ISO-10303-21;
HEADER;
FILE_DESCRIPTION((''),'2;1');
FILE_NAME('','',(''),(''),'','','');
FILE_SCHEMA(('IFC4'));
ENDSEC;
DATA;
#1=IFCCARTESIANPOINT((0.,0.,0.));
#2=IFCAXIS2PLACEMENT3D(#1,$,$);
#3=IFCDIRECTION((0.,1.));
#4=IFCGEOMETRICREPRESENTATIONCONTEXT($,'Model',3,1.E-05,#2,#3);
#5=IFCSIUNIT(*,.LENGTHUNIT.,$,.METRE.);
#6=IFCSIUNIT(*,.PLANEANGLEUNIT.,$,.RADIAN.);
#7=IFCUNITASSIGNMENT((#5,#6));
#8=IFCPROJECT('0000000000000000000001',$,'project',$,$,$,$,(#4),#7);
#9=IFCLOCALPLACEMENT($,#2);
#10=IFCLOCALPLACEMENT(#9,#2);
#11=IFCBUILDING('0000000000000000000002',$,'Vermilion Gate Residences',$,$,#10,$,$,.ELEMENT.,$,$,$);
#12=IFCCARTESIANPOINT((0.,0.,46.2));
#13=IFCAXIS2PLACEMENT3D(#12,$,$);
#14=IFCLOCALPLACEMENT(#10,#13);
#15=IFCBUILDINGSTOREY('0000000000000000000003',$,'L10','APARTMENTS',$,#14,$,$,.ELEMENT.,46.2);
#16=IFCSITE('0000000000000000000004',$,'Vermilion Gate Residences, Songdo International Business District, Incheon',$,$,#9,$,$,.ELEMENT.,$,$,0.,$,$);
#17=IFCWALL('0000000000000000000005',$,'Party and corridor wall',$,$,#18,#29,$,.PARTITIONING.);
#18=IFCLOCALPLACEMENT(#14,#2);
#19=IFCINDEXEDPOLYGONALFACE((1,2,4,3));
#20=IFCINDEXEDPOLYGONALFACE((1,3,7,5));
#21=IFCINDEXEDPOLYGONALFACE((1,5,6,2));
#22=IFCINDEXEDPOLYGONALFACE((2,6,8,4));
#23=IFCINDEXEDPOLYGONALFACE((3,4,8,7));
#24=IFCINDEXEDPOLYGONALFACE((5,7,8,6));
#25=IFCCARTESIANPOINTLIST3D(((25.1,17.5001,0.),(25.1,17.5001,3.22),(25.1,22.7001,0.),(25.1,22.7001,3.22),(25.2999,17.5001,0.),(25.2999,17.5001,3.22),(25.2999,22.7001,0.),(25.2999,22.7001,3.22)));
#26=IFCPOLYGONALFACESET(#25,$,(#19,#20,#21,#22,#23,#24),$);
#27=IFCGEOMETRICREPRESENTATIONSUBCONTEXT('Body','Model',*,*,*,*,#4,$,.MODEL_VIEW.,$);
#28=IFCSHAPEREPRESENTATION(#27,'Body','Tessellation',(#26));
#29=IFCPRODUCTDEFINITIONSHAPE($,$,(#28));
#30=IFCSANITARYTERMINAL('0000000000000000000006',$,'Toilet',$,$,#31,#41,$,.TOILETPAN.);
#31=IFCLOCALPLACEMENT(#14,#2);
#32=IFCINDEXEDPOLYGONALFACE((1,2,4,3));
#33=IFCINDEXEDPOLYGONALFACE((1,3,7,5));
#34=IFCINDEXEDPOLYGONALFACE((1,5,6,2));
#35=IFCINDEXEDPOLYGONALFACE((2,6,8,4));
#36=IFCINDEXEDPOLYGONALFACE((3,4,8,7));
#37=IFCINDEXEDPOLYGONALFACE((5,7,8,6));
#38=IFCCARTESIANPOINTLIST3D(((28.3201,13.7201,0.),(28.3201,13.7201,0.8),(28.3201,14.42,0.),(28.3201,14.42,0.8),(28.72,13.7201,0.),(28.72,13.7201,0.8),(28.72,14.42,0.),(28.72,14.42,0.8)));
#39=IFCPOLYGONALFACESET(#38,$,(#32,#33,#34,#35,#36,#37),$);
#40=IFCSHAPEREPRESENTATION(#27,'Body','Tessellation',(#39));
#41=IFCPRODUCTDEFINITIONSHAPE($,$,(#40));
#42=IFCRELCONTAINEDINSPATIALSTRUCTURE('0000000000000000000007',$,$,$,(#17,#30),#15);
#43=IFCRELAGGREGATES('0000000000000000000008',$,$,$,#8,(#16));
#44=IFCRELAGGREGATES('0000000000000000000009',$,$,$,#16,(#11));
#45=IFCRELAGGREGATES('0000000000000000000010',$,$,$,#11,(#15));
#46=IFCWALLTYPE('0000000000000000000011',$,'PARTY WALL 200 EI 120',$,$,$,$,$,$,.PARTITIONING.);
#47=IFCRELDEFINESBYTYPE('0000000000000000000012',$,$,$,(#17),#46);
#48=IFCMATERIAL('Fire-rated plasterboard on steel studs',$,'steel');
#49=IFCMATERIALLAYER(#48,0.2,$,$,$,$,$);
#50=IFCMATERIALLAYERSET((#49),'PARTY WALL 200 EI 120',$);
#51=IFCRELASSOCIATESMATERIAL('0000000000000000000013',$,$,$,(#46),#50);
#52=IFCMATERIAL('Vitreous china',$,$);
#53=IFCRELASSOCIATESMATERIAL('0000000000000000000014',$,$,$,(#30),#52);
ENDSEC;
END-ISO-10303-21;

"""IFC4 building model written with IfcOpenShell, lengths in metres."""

from ifc_helpers import new_model, si_unit, direction, frame, frame_2d, origin, origin_2d, place, context, subcontext, project, spatial, rectangle, extrude, material, layer, layer_set, type_object, element, save


model = new_model("IFC4")

# Units and contexts
model_context = context("Model", 3, precision=1e-05, world=origin(), true_north=direction((0.0, 1.0)))
body_context = subcontext(model_context, "Body", "Model", "MODEL_VIEW")
ifc_project = project(units=[si_unit("LENGTHUNIT", "METRE"), si_unit("PLANEANGLEUNIT", "RADIAN")], contexts=[model_context])

# Site, building, storey
site_placement = place(None, origin())
site = spatial("IfcSite", under=ifc_project, at=site_placement, Name="Vermilion Gate Residences, Songdo International Business District, Incheon", CompositionType="ELEMENT", RefElevation=0.0)
building_placement = place(site_placement, origin())
building = spatial("IfcBuilding", under=site, at=building_placement, Name="Vermilion Gate Residences", CompositionType="ELEMENT")
storey_placement = place(building_placement, frame((0.0, 0.0, 46.2)))
storey = spatial("IfcBuildingStorey", under=building, at=storey_placement, Name="L10", Description="APARTMENTS", CompositionType="ELEMENT", Elevation=46.2)

# Wall
ifc_material_1 = material(Name="Fire-rated plasterboard on steel studs", Category="steel")
ifc_layer_1 = layer(ifc_material_1, 0.2)
ifc_layer_set_1 = layer_set([ifc_layer_1], Name="PARTY WALL 200 EI 120")
wall_type_1 = type_object("IfcWallType", Name="PARTY WALL 200 EI 120", PredefinedType="PARTITIONING", material=ifc_layer_set_1)
wall_1_placement = place(storey_placement, frame((25.2, 17.5, 0.0), z_axis=(0.0, 0.0, 1.0), x_axis=(0.0, 1.0, 0.0)))
element("IfcWall", 1, at=wall_1_placement, inside=storey, type_object=wall_type_1, Name="Party and corridor wall", PredefinedType="PARTITIONING", context=body_context, shape_type="SweptSolid", body=[
    extrude(rectangle(XDim=5.2, YDim=0.2, at=frame_2d((2.6001, 0.0))), origin(), (0.0, 0.0, 1.0), 3.22),
])

# Sanitary terminal
ifc_material_2 = material(Name="Vitreous china")
sanitary_terminal_placement = place(storey_placement, frame((28.52, 14.0701, 0.0), z_axis=(0.0, 0.0, 1.0), x_axis=(1.0, 0.0, 0.0)))
element("IfcSanitaryTerminal", 2, at=sanitary_terminal_placement, inside=storey, material=ifc_material_2, Name="Toilet", PredefinedType="TOILETPAN", context=body_context, shape_type="SweptSolid", body=[
    extrude(rectangle(XDim=0.3999, YDim=0.7, at=origin_2d()), origin(), (0.0, 0.0, 1.0), 0.8),
])

save(model, "model.ifc")
